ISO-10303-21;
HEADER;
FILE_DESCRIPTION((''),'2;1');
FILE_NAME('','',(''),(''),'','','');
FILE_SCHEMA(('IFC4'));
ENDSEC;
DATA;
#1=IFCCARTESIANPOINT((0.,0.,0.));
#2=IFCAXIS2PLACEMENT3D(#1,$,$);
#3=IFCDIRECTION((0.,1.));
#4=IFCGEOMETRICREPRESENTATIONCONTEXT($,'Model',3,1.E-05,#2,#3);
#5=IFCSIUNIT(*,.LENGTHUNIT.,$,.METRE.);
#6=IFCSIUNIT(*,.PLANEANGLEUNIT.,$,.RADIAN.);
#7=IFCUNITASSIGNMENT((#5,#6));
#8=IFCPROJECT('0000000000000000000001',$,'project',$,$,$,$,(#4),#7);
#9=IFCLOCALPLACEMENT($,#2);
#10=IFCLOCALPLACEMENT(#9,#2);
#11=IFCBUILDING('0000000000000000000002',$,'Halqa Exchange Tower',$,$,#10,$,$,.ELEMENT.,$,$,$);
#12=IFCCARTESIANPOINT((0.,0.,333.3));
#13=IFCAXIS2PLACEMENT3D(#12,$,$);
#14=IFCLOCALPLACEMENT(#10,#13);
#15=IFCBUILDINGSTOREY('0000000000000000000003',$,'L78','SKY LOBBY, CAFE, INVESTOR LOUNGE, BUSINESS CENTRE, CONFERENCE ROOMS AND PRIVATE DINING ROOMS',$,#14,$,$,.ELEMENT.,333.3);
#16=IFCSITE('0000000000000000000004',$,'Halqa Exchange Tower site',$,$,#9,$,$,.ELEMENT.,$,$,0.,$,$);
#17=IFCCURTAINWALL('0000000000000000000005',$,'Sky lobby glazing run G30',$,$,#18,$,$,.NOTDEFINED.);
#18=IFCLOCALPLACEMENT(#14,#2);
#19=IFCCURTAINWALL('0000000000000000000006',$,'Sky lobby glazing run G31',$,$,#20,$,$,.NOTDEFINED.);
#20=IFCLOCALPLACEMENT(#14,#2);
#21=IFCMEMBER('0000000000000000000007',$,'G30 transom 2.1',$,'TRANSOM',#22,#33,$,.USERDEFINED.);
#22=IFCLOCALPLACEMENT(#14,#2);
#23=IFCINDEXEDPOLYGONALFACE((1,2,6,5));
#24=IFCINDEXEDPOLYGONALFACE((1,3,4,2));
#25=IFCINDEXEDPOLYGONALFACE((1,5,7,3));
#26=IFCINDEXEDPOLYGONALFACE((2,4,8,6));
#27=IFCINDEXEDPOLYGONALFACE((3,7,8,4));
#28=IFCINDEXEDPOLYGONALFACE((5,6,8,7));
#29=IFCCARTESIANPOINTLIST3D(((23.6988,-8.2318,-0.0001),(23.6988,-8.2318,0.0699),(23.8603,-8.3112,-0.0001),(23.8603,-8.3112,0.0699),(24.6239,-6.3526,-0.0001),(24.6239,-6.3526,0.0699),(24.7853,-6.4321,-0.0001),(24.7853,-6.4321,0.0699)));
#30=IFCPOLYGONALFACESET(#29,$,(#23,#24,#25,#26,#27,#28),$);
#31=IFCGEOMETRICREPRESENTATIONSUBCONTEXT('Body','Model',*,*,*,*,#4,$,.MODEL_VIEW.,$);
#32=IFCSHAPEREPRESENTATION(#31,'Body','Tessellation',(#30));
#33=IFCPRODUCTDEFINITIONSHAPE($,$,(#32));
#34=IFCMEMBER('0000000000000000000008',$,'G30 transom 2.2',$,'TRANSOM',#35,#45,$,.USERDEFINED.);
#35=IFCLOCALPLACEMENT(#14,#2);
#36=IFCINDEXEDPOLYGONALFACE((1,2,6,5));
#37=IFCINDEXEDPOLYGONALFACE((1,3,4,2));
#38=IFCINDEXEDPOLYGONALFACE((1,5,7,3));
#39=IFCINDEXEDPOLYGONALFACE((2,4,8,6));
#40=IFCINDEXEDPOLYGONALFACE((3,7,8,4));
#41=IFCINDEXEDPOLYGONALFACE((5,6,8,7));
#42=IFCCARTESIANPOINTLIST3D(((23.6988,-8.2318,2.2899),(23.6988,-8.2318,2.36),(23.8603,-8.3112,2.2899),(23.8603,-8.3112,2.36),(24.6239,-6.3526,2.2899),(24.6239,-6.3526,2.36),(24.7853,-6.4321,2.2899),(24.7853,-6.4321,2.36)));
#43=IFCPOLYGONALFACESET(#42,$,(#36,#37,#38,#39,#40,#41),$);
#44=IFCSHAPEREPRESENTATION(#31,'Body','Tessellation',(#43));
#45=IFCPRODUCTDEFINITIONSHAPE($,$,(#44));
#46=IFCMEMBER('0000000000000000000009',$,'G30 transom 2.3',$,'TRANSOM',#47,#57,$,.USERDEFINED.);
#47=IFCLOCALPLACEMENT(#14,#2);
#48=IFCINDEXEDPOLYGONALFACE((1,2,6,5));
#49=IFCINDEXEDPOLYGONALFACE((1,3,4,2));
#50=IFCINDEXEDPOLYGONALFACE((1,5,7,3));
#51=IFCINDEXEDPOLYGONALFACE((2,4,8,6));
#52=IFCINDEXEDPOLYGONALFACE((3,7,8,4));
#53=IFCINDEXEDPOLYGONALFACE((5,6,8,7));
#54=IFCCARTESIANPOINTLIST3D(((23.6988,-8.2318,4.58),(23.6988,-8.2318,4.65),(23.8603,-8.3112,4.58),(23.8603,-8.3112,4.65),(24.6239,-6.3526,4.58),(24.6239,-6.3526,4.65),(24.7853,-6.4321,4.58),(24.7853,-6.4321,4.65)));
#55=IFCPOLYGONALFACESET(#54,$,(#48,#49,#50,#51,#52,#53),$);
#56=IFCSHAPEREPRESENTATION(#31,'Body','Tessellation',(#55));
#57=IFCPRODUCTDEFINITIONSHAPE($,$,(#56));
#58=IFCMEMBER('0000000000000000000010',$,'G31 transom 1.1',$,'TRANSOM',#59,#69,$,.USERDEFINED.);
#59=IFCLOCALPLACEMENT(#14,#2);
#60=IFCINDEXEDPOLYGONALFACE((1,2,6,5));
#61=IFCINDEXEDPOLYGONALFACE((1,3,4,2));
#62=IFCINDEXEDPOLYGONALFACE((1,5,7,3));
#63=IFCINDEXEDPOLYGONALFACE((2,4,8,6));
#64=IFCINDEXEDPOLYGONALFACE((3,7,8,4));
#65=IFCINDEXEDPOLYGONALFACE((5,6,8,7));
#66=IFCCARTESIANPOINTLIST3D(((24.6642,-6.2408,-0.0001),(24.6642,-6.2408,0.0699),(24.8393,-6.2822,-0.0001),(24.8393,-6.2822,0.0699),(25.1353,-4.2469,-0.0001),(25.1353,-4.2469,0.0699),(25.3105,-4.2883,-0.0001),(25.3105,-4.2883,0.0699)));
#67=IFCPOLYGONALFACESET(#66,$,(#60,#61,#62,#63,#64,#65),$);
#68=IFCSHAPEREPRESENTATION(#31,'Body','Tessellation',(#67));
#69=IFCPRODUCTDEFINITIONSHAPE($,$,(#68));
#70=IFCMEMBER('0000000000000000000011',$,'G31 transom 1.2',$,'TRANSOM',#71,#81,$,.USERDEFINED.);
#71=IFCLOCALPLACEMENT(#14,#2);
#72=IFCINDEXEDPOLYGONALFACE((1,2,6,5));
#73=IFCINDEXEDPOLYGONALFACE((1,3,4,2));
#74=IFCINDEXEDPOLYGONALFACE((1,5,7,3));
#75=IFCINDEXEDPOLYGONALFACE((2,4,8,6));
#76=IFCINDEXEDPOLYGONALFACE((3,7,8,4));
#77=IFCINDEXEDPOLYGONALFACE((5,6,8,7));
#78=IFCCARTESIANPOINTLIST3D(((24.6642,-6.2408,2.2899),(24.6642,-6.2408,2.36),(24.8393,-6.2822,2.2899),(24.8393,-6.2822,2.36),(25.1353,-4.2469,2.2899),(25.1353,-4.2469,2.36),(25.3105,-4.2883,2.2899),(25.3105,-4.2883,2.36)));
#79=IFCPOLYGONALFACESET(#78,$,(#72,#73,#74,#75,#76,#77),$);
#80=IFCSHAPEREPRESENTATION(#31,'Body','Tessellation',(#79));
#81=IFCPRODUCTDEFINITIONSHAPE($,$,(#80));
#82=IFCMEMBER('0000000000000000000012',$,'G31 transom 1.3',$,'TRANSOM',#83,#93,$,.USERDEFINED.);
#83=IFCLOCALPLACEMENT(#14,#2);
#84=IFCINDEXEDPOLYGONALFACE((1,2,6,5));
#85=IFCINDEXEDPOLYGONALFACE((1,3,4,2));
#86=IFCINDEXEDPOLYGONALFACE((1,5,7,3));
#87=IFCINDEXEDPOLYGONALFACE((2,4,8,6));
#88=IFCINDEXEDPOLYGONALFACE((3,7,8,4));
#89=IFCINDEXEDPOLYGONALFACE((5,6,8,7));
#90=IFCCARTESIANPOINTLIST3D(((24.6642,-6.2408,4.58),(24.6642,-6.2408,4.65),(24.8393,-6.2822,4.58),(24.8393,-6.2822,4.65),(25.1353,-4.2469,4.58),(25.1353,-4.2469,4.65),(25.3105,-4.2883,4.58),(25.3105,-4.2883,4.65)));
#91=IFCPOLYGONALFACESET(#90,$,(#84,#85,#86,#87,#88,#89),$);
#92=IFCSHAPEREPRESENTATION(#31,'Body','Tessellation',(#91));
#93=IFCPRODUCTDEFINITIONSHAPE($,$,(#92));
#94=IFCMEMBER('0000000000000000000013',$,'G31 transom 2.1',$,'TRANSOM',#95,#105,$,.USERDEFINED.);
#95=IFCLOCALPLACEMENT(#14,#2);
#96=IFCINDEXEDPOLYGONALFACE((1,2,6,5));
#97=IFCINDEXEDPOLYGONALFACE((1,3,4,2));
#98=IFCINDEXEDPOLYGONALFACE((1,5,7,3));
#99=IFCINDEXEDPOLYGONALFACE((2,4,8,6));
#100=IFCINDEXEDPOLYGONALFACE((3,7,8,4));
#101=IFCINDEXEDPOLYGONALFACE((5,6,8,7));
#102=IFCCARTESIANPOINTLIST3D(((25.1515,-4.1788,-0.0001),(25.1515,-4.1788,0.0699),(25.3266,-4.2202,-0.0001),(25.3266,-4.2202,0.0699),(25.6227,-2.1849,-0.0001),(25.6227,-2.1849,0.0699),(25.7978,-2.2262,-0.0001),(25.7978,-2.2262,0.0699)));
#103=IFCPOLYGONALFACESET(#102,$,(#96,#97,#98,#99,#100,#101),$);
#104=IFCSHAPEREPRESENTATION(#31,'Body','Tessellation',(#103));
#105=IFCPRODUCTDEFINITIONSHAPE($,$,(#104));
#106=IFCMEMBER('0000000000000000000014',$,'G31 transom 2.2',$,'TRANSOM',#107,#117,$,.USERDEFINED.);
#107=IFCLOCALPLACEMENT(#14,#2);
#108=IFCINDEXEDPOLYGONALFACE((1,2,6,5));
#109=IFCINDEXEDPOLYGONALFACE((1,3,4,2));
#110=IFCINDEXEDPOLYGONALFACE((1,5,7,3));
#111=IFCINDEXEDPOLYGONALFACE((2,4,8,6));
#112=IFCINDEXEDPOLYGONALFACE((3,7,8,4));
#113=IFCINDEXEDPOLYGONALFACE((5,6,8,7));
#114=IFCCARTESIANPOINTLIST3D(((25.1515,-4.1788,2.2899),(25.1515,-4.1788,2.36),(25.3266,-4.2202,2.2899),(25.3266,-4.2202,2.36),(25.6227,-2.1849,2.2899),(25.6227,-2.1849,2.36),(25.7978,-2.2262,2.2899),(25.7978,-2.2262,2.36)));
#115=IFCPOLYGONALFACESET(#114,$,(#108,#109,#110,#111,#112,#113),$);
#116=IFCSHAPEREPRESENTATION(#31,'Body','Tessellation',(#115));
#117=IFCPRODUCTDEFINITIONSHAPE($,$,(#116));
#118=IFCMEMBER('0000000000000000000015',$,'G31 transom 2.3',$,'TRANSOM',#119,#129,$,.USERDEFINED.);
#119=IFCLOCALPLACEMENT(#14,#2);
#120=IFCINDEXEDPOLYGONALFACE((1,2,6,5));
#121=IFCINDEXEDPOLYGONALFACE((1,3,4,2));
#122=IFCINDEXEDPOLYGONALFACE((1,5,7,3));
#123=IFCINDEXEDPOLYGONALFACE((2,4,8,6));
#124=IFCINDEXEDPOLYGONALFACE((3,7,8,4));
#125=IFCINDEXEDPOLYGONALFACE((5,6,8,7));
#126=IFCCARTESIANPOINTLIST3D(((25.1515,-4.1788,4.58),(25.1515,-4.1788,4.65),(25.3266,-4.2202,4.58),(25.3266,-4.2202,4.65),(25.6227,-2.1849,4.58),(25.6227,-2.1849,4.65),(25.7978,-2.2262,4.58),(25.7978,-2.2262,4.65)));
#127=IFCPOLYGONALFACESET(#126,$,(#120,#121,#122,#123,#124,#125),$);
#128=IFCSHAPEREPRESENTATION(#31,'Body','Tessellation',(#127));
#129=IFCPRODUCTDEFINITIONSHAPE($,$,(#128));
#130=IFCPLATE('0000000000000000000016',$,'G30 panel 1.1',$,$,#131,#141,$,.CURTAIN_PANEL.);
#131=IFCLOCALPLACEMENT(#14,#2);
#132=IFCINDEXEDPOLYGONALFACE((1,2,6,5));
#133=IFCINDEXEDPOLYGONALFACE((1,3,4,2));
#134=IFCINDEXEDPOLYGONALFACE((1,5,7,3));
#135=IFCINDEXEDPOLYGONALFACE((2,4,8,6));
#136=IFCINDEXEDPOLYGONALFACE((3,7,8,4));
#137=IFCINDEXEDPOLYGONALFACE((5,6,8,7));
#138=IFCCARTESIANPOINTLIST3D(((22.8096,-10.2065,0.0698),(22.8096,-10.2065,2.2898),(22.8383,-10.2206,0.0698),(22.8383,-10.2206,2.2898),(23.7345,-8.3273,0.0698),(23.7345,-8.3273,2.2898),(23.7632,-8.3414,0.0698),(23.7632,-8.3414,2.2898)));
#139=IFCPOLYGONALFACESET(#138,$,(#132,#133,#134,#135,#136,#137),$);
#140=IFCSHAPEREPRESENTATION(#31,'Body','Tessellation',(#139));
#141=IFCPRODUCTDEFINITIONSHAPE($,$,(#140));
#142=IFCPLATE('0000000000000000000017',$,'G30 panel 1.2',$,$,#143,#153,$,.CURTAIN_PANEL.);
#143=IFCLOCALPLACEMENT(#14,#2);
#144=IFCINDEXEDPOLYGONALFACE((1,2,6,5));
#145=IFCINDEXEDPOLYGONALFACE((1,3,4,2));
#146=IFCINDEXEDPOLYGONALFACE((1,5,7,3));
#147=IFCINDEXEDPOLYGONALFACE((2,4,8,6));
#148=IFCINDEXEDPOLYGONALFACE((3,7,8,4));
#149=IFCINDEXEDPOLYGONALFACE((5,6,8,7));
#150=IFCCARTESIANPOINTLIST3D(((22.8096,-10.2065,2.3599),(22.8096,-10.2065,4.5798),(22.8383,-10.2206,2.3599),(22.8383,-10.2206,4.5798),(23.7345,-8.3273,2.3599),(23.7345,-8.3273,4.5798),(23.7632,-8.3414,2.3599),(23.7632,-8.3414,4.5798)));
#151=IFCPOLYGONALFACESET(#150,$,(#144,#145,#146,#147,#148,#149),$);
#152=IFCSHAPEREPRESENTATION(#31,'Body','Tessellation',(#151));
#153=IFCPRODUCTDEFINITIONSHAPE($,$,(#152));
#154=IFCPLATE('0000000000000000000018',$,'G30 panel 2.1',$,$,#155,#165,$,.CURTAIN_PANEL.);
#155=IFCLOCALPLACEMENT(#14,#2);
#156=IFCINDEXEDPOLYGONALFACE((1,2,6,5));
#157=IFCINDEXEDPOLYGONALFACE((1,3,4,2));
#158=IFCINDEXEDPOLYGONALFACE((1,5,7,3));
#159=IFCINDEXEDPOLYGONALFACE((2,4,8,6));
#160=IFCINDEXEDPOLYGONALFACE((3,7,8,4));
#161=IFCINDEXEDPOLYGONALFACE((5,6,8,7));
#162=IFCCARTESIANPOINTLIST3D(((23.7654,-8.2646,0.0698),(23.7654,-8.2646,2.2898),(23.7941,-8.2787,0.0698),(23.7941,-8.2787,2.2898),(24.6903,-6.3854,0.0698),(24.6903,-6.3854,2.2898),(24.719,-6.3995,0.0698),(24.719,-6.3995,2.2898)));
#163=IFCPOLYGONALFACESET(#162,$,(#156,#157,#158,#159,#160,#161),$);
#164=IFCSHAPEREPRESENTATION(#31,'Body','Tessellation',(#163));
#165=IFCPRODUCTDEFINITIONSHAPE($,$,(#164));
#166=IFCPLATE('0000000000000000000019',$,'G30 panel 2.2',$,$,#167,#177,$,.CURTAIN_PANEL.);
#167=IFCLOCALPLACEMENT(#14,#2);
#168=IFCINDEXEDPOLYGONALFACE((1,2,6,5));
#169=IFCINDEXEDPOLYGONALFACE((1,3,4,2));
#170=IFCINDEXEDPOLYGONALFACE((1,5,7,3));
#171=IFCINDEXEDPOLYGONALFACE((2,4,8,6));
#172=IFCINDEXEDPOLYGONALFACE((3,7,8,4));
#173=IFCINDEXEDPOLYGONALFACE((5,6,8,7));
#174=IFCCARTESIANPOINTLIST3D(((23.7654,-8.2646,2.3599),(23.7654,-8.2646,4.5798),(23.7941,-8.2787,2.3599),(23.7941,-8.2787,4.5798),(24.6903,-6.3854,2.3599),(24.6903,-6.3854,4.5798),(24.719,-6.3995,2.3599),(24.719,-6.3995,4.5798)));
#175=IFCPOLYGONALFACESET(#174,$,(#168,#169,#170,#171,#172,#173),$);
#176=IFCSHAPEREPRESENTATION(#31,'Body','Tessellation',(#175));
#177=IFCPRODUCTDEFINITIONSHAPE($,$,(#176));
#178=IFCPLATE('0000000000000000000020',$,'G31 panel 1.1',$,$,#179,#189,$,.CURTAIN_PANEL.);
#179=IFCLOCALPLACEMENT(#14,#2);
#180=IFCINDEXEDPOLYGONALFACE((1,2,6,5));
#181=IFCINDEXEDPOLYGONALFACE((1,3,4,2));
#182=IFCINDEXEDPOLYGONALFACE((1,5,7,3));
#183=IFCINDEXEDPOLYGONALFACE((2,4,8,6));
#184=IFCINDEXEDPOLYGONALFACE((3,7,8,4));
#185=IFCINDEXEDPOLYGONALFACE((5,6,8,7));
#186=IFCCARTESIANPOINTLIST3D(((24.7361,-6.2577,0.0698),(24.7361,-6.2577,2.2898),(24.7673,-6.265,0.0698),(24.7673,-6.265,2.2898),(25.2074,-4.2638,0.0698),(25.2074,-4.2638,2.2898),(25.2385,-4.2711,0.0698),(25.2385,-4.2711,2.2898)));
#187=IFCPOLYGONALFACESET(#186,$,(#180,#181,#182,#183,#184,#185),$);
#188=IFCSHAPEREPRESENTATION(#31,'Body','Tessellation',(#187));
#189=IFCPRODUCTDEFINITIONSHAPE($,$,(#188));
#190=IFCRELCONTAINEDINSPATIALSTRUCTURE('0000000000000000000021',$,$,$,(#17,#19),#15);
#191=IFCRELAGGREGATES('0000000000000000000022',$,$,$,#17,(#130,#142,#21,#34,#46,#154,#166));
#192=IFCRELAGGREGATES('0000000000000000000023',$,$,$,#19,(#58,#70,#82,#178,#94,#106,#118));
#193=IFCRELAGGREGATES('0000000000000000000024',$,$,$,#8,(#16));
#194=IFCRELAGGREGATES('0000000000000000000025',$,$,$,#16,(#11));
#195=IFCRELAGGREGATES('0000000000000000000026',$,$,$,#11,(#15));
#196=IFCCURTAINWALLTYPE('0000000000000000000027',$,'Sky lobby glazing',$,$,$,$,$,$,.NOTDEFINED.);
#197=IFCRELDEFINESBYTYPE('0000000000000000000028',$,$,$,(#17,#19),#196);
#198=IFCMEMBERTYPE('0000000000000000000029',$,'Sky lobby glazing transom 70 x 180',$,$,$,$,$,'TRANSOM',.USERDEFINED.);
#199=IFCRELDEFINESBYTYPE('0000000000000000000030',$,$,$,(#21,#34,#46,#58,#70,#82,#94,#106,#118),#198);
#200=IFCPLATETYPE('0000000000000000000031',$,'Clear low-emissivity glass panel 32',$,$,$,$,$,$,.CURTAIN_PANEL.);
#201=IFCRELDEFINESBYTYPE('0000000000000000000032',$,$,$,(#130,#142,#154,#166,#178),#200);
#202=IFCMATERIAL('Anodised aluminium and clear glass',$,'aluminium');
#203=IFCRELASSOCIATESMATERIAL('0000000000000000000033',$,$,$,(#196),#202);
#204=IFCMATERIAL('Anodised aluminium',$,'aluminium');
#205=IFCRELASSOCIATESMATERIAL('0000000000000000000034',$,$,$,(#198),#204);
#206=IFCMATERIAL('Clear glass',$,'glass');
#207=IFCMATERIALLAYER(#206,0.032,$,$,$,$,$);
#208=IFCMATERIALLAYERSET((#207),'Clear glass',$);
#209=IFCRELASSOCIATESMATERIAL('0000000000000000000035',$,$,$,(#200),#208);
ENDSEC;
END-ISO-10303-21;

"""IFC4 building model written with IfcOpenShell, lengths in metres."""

from ifc_helpers import new_model, si_unit, direction, frame, origin, origin_2d, place, context, subcontext, project, spatial, rectangle, extrude, material, layer, layer_set, material_profile, profile_set, type_object, element, aggregate, save


model = new_model("IFC4")

# Units and contexts
model_context = context("Model", 3, precision=1e-05, world=origin(), true_north=direction((0.0, 1.0)))
body_context = subcontext(model_context, "Body", "Model", "MODEL_VIEW")
ifc_project = project(units=[si_unit("LENGTHUNIT", "METRE"), si_unit("PLANEANGLEUNIT", "RADIAN")], contexts=[model_context])

# Site, building, storey
site_placement = place(None, origin())
site = spatial("IfcSite", under=ifc_project, at=site_placement, Name="Halqa Exchange Tower site", CompositionType="ELEMENT", RefElevation=0.0)
building_placement = place(site_placement, origin())
building = spatial("IfcBuilding", under=site, at=building_placement, Name="Halqa Exchange Tower", CompositionType="ELEMENT")
storey_placement = place(building_placement, frame((0.0, 0.0, 333.3)))
storey = spatial("IfcBuildingStorey", under=building, at=storey_placement, Name="L78", Description="SKY LOBBY, CAFE, INVESTOR LOUNGE, BUSINESS CENTRE, CONFERENCE ROOMS AND PRIVATE DINING ROOMS", CompositionType="ELEMENT", Elevation=333.3)

# Shared definitions
ifc_material_1 = material(Name="Anodised aluminium and clear glass", Category="aluminium")
curtain_wall_type = type_object("IfcCurtainWallType", Name="Sky lobby glazing", PredefinedType="NOTDEFINED", material=ifc_material_1)
ifc_material_2 = material(Name="Anodised aluminium", Category="aluminium")

# Curtain walls
curtain_wall_1_placement = place(storey_placement, origin())
curtain_wall_1 = element("IfcCurtainWall", 1, at=curtain_wall_1_placement, inside=storey, type_object=curtain_wall_type, Name="Sky lobby glazing run G30", PredefinedType="NOTDEFINED")
curtain_wall_2_placement = place(storey_placement, origin())
curtain_wall_2 = element("IfcCurtainWall", 2, at=curtain_wall_2_placement, inside=storey, type_object=curtain_wall_type, Name="Sky lobby glazing run G31", PredefinedType="NOTDEFINED")

# Members
ifc_material_profile_1 = material_profile(ifc_material_2, rectangle(XDim=0.1799, YDim=0.0701, at=origin_2d()), Name="AL 70x180")
ifc_profile_set_1 = profile_set([ifc_material_profile_1], Name="Anodised aluminium")
member_type_1 = type_object("IfcMemberType", Name="Sky lobby glazing transom 70 x 180", ElementType="TRANSOM", PredefinedType="USERDEFINED", material=ifc_profile_set_1)
member_1_placement = place(storey_placement, frame((23.7795, -8.2715, 0.0349), z_axis=(0.441657, 0.897184, 0.0), x_axis=(-0.897184, 0.441657, 0.0)))
member_1 = element("IfcMember", 3, at=member_1_placement, type_object=member_type_1, Name="G30 transom 2.1", ObjectType="TRANSOM", PredefinedType="USERDEFINED", context=body_context, shape_type="SweptSolid", body=[
    extrude(rectangle(XDim=0.1799, YDim=0.0701, at=origin_2d()), origin(), (0.0, 0.0, 1.0), 2.0945),
])
member_2_placement = place(storey_placement, frame((23.7795, -8.2715, 2.325), z_axis=(0.441657, 0.897184, 0.0), x_axis=(-0.897184, 0.441657, 0.0)))
member_2 = element("IfcMember", 4, at=member_2_placement, type_object=member_type_1, Name="G30 transom 2.2", ObjectType="TRANSOM", PredefinedType="USERDEFINED", context=body_context, shape_type="SweptSolid", body=[
    extrude(rectangle(XDim=0.1799, YDim=0.0701, at=origin_2d()), origin(), (0.0, 0.0, 1.0), 2.0945),
])
member_3_placement = place(storey_placement, frame((23.7795, -8.2715, 4.615), z_axis=(0.441657, 0.897184, 0.0), x_axis=(-0.897184, 0.441657, 0.0)))
member_3 = element("IfcMember", 5, at=member_3_placement, type_object=member_type_1, Name="G30 transom 2.3", ObjectType="TRANSOM", PredefinedType="USERDEFINED", context=body_context, shape_type="SweptSolid", body=[
    extrude(rectangle(XDim=0.1799, YDim=0.0701, at=origin_2d()), origin(), (0.0, 0.0, 1.0), 2.0945),
])
member_4_placement = place(storey_placement, frame((24.7517, -6.2615, 0.0349), z_axis=(0.229982, 0.973195, 0.0), x_axis=(-0.973195, 0.229982, 0.0)))
member_4 = element("IfcMember", 6, at=member_4_placement, type_object=member_type_1, Name="G31 transom 1.1", ObjectType="TRANSOM", PredefinedType="USERDEFINED", context=body_context, shape_type="SweptSolid", body=[
    extrude(rectangle(XDim=0.1799, YDim=0.0701, at=origin_2d()), origin(), (0.0, 0.0, 1.0), 2.0488),
])
member_5_placement = place(storey_placement, frame((24.7517, -6.2615, 2.325), z_axis=(0.229982, 0.973195, 0.0), x_axis=(-0.973195, 0.229982, 0.0)))
member_5 = element("IfcMember", 7, at=member_5_placement, type_object=member_type_1, Name="G31 transom 1.2", ObjectType="TRANSOM", PredefinedType="USERDEFINED", context=body_context, shape_type="SweptSolid", body=[
    extrude(rectangle(XDim=0.1799, YDim=0.0701, at=origin_2d()), origin(), (0.0, 0.0, 1.0), 2.0488),
])
member_6_placement = place(storey_placement, frame((24.7517, -6.2615, 4.615), z_axis=(0.229982, 0.973195, 0.0), x_axis=(-0.973195, 0.229982, 0.0)))
member_6 = element("IfcMember", 8, at=member_6_placement, type_object=member_type_1, Name="G31 transom 1.3", ObjectType="TRANSOM", PredefinedType="USERDEFINED", context=body_context, shape_type="SweptSolid", body=[
    extrude(rectangle(XDim=0.1799, YDim=0.0701, at=origin_2d()), origin(), (0.0, 0.0, 1.0), 2.0488),
])
member_7_placement = place(storey_placement, frame((25.239, -4.1995, 0.0349), z_axis=(0.229982, 0.973195, 0.0), x_axis=(-0.973195, 0.229982, 0.0)))
member_7 = element("IfcMember", 9, at=member_7_placement, type_object=member_type_1, Name="G31 transom 2.1", ObjectType="TRANSOM", PredefinedType="USERDEFINED", context=body_context, shape_type="SweptSolid", body=[
    extrude(rectangle(XDim=0.1799, YDim=0.0701, at=origin_2d()), origin(), (0.0, 0.0, 1.0), 2.0488),
])
member_8_placement = place(storey_placement, frame((25.239, -4.1995, 2.325), z_axis=(0.229982, 0.973195, 0.0), x_axis=(-0.973195, 0.229982, 0.0)))
member_8 = element("IfcMember", 10, at=member_8_placement, type_object=member_type_1, Name="G31 transom 2.2", ObjectType="TRANSOM", PredefinedType="USERDEFINED", context=body_context, shape_type="SweptSolid", body=[
    extrude(rectangle(XDim=0.1799, YDim=0.0701, at=origin_2d()), origin(), (0.0, 0.0, 1.0), 2.0488),
])
member_9_placement = place(storey_placement, frame((25.239, -4.1995, 4.615), z_axis=(0.229982, 0.973195, 0.0), x_axis=(-0.973195, 0.229982, 0.0)))
member_9 = element("IfcMember", 11, at=member_9_placement, type_object=member_type_1, Name="G31 transom 2.3", ObjectType="TRANSOM", PredefinedType="USERDEFINED", context=body_context, shape_type="SweptSolid", body=[
    extrude(rectangle(XDim=0.1799, YDim=0.0701, at=origin_2d()), origin(), (0.0, 0.0, 1.0), 2.0488),
])

# Plates
ifc_material_3 = material(Name="Clear glass", Category="glass")
ifc_layer_1 = layer(ifc_material_3, 0.032)
ifc_layer_set_1 = layer_set([ifc_layer_1], Name="Clear glass")
plate_type = type_object("IfcPlateType", Name="Clear low-emissivity glass panel 32", PredefinedType="CURTAIN_PANEL", material=ifc_layer_set_1)
plate_1_placement = place(storey_placement, frame((23.2864, -9.2739, 0.0698), z_axis=(0.0, 0.0, 1.0), x_axis=(0.441595, 0.897215, 0.0)))
plate_1 = element("IfcPlate", 12, at=plate_1_placement, type_object=plate_type, Name="G30 panel 1.1", PredefinedType="CURTAIN_PANEL", context=body_context, shape_type="SweptSolid", body=[
    extrude(rectangle(XDim=2.0945, YDim=0.032, at=origin_2d()), origin(), (0.0, 0.0, 1.0), 2.22),
])
plate_2_placement = place(storey_placement, frame((23.2864, -9.2739, 2.3599), z_axis=(0.0, 0.0, 1.0), x_axis=(0.441595, 0.897215, 0.0)))
plate_2 = element("IfcPlate", 13, at=plate_2_placement, type_object=plate_type, Name="G30 panel 1.2", PredefinedType="CURTAIN_PANEL", context=body_context, shape_type="SweptSolid", body=[
    extrude(rectangle(XDim=2.0945, YDim=0.032, at=origin_2d()), origin(), (0.0, 0.0, 1.0), 2.22),
])
plate_3_placement = place(storey_placement, frame((24.2422, -7.332, 0.0698), z_axis=(0.0, 0.0, 1.0), x_axis=(0.441595, 0.897215, 0.0)))
plate_3 = element("IfcPlate", 14, at=plate_3_placement, type_object=plate_type, Name="G30 panel 2.1", PredefinedType="CURTAIN_PANEL", context=body_context, shape_type="SweptSolid", body=[
    extrude(rectangle(XDim=2.0945, YDim=0.032, at=origin_2d()), origin(), (0.0, 0.0, 1.0), 2.22),
])
plate_4_placement = place(storey_placement, frame((24.2422, -7.332, 2.3599), z_axis=(0.0, 0.0, 1.0), x_axis=(0.441595, 0.897215, 0.0)))
plate_4 = element("IfcPlate", 15, at=plate_4_placement, type_object=plate_type, Name="G30 panel 2.2", PredefinedType="CURTAIN_PANEL", context=body_context, shape_type="SweptSolid", body=[
    extrude(rectangle(XDim=2.0945, YDim=0.032, at=origin_2d()), origin(), (0.0, 0.0, 1.0), 2.22),
])
aggregate(curtain_wall_1, [plate_1, plate_2, member_1, member_2, member_3, plate_3, plate_4])
plate_5_placement = place(storey_placement, frame((24.9873, -5.2644, 0.0698), z_axis=(0.0, 0.0, 1.0), x_axis=(0.229995, 0.973192, 0.0)))
plate_5 = element("IfcPlate", 16, at=plate_5_placement, type_object=plate_type, Name="G31 panel 1.1", PredefinedType="CURTAIN_PANEL", context=body_context, shape_type="SweptSolid", body=[
    extrude(rectangle(XDim=2.0488, YDim=0.032, at=origin_2d()), origin(), (0.0, 0.0, 1.0), 2.22),
])
aggregate(curtain_wall_2, [member_4, member_5, member_6, plate_5, member_7, member_8, member_9])

save(model, "model.ifc")
